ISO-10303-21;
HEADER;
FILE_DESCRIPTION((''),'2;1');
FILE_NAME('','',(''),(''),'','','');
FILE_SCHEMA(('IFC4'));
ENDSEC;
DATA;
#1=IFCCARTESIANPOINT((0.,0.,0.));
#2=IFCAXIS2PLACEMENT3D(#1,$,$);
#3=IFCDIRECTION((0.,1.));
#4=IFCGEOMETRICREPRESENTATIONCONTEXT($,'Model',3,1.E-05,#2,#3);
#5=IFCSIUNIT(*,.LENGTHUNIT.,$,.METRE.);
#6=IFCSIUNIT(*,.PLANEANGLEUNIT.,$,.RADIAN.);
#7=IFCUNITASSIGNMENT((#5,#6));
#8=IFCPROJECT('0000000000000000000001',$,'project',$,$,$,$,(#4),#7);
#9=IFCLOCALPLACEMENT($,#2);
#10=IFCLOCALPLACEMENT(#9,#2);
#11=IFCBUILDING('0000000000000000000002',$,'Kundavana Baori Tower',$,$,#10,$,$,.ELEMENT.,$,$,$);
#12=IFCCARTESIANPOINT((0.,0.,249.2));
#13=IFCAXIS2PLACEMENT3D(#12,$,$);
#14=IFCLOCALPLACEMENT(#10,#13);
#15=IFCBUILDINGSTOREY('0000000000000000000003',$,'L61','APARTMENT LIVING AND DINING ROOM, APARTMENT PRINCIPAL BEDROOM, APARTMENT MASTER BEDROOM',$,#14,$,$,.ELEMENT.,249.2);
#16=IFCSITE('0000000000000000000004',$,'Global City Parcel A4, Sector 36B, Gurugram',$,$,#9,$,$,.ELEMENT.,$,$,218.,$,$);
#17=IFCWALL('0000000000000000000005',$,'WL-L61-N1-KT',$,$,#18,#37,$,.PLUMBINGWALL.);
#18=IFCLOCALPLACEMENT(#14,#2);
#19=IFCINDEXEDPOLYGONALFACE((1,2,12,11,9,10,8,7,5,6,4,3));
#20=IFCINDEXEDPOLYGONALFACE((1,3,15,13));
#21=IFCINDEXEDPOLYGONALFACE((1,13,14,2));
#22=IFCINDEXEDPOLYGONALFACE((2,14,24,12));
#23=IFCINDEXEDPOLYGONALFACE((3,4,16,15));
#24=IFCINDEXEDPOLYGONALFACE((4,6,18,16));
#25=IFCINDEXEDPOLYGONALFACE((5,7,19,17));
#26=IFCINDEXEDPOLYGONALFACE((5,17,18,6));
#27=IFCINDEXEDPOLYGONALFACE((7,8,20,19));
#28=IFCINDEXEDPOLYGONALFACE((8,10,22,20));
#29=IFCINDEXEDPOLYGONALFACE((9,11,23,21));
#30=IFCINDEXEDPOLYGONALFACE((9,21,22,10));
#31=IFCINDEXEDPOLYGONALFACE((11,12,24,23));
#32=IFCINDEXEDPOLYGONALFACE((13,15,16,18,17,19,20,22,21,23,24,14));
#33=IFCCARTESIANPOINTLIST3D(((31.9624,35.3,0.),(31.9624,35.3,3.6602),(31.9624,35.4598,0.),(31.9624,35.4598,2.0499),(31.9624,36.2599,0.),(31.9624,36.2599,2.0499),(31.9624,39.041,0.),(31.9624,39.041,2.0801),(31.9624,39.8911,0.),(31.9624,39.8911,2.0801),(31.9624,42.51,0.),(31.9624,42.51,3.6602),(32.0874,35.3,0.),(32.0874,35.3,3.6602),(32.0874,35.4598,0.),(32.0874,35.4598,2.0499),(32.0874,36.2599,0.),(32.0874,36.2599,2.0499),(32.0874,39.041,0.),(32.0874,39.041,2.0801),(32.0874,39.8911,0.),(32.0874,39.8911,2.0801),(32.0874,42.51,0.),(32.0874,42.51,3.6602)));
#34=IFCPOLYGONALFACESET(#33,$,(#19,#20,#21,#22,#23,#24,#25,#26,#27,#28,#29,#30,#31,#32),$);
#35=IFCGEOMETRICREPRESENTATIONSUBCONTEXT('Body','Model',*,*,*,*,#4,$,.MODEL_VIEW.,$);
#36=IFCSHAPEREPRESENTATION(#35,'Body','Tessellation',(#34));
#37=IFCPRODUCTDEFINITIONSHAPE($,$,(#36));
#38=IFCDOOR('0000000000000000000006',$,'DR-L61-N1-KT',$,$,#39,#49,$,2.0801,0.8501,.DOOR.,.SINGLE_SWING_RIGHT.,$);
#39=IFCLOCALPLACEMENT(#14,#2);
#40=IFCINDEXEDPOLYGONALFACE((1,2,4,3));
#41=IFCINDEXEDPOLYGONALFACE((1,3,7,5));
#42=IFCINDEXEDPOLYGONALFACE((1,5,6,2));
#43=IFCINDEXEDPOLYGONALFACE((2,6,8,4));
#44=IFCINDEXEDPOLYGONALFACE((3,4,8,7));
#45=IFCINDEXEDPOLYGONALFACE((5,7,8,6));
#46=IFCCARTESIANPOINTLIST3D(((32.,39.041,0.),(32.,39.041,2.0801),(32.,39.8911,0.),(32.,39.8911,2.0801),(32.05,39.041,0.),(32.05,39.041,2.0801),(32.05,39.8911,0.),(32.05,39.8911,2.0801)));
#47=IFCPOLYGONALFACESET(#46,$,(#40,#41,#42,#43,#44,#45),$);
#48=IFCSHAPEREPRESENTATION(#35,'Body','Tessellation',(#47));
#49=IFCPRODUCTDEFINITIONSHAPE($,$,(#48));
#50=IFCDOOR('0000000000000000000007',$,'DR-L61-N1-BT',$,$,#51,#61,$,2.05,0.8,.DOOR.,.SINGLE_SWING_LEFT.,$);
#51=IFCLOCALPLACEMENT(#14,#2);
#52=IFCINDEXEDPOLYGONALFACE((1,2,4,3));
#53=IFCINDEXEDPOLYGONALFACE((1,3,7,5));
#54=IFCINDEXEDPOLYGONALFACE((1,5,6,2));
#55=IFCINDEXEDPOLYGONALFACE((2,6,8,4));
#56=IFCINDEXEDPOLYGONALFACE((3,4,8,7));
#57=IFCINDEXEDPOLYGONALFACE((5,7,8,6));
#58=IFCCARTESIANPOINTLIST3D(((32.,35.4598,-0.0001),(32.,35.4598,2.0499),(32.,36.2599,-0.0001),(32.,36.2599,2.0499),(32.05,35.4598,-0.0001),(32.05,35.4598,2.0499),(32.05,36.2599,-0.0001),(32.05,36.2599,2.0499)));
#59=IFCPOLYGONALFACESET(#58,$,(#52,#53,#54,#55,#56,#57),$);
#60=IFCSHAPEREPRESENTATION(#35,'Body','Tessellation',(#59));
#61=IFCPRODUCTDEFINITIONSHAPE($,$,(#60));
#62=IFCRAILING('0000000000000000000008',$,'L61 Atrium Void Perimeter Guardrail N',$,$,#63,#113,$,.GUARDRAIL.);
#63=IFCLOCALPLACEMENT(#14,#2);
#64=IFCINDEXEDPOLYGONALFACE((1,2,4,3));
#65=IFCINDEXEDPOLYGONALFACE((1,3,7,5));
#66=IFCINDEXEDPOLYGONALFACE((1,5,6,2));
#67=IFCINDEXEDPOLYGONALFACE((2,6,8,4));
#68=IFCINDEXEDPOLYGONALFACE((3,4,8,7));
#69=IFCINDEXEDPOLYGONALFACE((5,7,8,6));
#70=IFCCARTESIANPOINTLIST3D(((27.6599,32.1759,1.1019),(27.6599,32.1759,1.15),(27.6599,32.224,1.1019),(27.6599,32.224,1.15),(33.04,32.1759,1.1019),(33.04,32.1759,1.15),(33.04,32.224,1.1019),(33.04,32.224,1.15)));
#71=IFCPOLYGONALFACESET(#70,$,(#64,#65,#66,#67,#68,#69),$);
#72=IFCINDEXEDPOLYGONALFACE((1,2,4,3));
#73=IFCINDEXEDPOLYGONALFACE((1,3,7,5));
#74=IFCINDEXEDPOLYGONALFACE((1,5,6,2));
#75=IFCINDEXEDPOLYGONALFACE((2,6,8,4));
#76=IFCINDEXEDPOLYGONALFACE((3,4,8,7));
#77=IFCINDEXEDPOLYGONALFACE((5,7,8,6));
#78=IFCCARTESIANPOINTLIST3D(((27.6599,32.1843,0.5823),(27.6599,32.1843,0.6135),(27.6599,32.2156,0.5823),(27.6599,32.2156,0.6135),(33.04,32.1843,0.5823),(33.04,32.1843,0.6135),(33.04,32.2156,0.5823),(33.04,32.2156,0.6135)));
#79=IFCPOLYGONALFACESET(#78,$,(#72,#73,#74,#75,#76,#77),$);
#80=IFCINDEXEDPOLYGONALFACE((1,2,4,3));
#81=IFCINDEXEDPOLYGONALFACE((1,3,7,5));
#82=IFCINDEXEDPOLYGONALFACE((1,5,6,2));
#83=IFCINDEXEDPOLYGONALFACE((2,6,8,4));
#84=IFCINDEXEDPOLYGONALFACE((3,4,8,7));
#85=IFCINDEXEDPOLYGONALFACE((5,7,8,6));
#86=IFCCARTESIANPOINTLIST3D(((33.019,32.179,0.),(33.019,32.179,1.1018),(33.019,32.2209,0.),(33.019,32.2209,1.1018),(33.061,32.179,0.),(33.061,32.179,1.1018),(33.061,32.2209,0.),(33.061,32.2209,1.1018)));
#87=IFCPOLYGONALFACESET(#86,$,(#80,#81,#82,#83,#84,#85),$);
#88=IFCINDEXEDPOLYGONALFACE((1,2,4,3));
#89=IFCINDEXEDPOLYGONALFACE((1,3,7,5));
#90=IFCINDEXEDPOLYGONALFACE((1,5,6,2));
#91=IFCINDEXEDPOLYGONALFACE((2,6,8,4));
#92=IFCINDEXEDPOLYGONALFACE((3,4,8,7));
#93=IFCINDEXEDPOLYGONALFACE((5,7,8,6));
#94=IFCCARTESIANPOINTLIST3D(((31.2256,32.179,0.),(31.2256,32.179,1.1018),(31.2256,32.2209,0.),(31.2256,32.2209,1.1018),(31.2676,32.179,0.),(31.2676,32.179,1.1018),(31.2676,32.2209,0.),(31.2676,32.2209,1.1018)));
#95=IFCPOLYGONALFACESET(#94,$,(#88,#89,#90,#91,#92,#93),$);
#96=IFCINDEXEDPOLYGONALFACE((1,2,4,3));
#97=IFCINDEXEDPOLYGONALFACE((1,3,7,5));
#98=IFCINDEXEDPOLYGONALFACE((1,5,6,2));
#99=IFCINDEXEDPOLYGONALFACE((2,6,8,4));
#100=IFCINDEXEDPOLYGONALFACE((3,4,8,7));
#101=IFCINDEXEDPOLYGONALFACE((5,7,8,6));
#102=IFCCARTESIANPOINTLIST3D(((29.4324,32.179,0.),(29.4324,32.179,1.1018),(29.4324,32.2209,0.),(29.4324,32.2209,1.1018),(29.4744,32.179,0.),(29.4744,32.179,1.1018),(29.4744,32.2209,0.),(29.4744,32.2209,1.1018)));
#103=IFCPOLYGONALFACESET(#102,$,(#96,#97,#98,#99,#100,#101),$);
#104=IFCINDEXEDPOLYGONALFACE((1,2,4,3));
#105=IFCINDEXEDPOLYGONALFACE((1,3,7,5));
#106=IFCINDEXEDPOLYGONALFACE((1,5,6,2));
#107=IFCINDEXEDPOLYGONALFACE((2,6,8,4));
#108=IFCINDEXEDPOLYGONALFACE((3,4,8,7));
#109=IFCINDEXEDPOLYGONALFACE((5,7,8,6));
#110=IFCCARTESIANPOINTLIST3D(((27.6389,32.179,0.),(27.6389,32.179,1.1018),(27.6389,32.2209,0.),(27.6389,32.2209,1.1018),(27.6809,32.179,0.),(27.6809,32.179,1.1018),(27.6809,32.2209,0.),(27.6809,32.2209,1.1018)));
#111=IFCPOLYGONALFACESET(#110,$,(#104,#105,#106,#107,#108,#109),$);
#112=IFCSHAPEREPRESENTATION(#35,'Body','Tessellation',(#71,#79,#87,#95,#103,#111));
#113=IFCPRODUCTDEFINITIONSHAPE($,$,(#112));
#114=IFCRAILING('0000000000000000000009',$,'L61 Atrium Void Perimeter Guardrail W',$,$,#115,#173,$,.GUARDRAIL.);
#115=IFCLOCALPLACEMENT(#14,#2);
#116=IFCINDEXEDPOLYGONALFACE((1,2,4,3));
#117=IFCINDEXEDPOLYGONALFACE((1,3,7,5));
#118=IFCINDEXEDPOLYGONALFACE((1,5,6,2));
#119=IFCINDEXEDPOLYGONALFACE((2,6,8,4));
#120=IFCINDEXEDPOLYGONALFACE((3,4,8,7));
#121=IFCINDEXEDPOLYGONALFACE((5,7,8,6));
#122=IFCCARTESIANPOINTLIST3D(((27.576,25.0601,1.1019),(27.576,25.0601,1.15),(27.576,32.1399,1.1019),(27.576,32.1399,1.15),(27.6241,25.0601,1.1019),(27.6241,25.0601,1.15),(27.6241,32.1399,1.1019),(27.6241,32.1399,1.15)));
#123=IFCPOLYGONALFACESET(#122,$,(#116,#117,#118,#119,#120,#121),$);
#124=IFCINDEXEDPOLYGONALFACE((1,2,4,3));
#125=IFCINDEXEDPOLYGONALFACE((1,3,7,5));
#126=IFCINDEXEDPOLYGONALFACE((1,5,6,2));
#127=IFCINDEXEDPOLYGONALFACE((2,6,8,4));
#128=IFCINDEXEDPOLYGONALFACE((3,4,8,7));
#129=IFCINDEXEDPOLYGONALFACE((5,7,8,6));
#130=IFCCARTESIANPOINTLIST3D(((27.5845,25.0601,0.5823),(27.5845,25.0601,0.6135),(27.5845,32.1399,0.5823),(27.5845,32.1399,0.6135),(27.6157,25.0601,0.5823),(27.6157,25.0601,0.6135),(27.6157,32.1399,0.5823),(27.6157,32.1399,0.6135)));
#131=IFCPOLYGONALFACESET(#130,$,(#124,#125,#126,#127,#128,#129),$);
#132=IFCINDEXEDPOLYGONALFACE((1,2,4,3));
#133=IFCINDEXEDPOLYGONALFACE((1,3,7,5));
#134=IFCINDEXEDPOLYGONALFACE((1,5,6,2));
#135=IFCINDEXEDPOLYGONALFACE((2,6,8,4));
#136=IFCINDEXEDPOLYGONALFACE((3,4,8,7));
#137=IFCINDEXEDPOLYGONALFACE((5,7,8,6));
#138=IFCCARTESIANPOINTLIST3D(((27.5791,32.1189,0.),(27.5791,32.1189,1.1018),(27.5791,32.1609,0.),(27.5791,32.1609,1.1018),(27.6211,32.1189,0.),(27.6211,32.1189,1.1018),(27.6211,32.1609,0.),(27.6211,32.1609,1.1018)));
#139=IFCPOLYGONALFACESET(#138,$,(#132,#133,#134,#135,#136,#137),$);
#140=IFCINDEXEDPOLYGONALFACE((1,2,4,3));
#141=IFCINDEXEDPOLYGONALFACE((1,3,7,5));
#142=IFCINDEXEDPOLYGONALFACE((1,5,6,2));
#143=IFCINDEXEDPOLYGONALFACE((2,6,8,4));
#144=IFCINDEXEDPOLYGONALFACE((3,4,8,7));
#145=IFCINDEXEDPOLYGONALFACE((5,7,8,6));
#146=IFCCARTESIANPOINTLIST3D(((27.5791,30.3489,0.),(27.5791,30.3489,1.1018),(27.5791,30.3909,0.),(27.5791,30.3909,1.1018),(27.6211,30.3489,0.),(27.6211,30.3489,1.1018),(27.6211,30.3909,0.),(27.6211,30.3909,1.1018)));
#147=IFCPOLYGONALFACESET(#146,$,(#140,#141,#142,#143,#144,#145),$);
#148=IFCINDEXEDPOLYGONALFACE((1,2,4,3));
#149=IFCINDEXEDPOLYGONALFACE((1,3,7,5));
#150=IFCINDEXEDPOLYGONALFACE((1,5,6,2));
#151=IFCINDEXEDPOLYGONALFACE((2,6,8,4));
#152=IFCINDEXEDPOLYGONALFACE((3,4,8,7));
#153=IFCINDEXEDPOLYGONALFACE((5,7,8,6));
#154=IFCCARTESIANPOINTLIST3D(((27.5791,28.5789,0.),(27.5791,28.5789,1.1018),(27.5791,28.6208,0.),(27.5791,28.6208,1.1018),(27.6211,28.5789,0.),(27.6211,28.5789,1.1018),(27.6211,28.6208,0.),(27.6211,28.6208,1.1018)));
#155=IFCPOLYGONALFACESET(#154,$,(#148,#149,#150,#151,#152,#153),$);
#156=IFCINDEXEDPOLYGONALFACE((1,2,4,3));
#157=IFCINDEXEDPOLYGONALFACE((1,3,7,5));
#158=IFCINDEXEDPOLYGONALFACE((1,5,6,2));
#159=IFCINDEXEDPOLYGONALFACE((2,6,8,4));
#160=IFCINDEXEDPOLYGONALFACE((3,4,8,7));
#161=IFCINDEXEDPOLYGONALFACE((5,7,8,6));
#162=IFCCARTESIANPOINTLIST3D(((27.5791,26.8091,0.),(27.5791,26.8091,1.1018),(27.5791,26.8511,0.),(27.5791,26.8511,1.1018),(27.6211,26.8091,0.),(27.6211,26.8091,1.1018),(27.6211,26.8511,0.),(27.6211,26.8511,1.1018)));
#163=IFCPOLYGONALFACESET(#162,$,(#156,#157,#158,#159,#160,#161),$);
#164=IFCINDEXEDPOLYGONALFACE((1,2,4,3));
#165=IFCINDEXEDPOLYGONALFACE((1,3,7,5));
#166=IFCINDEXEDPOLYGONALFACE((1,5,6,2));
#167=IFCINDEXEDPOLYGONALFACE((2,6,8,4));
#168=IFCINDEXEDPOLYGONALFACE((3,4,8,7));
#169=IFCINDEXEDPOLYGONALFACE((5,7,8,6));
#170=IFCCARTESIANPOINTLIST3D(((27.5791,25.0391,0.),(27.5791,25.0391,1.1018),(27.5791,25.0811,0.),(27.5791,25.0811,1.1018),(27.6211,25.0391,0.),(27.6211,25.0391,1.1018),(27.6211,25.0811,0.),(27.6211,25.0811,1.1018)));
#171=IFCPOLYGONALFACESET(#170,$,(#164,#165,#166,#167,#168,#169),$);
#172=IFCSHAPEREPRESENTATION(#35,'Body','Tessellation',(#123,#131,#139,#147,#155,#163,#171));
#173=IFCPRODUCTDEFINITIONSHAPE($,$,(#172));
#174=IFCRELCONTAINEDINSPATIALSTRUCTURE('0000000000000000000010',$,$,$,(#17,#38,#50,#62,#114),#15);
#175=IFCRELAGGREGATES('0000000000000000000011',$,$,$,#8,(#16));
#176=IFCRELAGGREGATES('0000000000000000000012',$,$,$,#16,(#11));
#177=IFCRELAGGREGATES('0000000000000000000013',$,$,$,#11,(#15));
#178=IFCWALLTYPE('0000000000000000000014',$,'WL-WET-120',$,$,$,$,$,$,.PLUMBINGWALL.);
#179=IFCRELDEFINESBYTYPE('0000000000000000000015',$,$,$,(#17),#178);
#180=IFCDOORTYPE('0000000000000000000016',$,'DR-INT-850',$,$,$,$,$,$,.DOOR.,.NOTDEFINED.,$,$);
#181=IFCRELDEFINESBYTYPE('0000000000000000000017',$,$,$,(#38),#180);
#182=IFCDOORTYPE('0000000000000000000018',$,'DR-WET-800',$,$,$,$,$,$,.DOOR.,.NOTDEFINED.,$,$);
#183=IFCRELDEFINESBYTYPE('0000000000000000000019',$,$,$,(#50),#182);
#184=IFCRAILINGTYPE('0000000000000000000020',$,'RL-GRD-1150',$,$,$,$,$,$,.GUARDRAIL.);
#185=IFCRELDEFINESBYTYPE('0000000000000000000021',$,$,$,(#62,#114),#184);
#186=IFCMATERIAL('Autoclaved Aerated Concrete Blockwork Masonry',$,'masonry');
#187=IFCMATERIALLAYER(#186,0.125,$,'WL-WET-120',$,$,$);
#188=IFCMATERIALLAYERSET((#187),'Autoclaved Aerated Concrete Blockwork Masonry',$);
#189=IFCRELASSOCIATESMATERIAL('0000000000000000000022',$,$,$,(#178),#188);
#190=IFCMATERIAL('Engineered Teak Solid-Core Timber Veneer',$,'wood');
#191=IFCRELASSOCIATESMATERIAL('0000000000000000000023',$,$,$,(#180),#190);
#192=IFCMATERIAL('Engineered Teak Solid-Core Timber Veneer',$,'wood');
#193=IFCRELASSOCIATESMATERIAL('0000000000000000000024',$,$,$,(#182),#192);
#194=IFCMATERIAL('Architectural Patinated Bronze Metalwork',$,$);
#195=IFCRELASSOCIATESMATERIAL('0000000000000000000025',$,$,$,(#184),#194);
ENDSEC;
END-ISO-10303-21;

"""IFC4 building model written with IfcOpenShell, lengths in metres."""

from ifc_helpers import new_model, si_unit, direction, frame, frame_2d, origin, origin_2d, place, context, subcontext, project, spatial, rectangle, extrude, material, layer, layer_set, type_object, element, fill, save


model = new_model("IFC4")

# Units and contexts
model_context = context("Model", 3, precision=1e-05, world=origin(), true_north=direction((0.0, 1.0)))
body_context = subcontext(model_context, "Body", "Model", "MODEL_VIEW")
ifc_project = project(units=[si_unit("LENGTHUNIT", "METRE"), si_unit("PLANEANGLEUNIT", "RADIAN")], contexts=[model_context])

# Site, building, storey
site_placement = place(None, origin())
site = spatial("IfcSite", under=ifc_project, at=site_placement, Name="Global City Parcel A4, Sector 36B, Gurugram", CompositionType="ELEMENT", RefElevation=218.0)
building_placement = place(site_placement, origin())
building = spatial("IfcBuilding", under=site, at=building_placement, Name="Kundavana Baori Tower", CompositionType="ELEMENT")
storey_placement = place(building_placement, frame((0.0, 0.0, 249.2)))
storey = spatial("IfcBuildingStorey", under=building, at=storey_placement, Name="L61", Description="APARTMENT LIVING AND DINING ROOM, APARTMENT PRINCIPAL BEDROOM, APARTMENT MASTER BEDROOM", CompositionType="ELEMENT", Elevation=249.2)

# Wall, openings, doors
ifc_material_1 = material(Name="Autoclaved Aerated Concrete Blockwork Masonry", Category="masonry")
ifc_layer_1 = layer(ifc_material_1, 0.125, Name="WL-WET-120")
ifc_layer_set_1 = layer_set([ifc_layer_1], Name="Autoclaved Aerated Concrete Blockwork Masonry")
wall_type_1 = type_object("IfcWallType", Name="WL-WET-120", PredefinedType="PLUMBINGWALL", material=ifc_layer_set_1)
wall_1_placement = place(storey_placement, frame((32.0249, 35.3, 0.0), z_axis=(0.0, 0.0, 1.0), x_axis=(0.0, 1.0, 0.0)))
wall_1 = element("IfcWall", 1, at=wall_1_placement, inside=storey, type_object=wall_type_1, Name="WL-L61-N1-KT", PredefinedType="PLUMBINGWALL", context=body_context, shape_type="SweptSolid", body=[
    extrude(rectangle(XDim=7.21, YDim=0.125, at=frame_2d((3.605, 0.0))), origin(), (0.0, 0.0, 1.0), 3.6602),
])
opening_1_placement = place(wall_1_placement, frame((0.1599, 0.0, 0.0)))
opening_1 = element("IfcOpeningElement", 2, at=opening_1_placement, cuts=wall_1, PredefinedType="OPENING", context=body_context, shape_type="SweptSolid", body=[
    extrude(rectangle(XDim=0.8, YDim=2.05, at=frame_2d((0.3999, 1.0249))), frame((0.0, 0.0725, 0.0), z_axis=(0.0, -1.0, 0.0), x_axis=(1.0, 0.0, 0.0)), (0.0, 0.0, 1.0), 0.145),
])
opening_2_placement = place(wall_1_placement, frame((3.741, 0.0, 0.0)))
opening_2 = element("IfcOpeningElement", 3, at=opening_2_placement, cuts=wall_1, PredefinedType="OPENING", context=body_context, shape_type="SweptSolid", body=[
    extrude(rectangle(XDim=0.8501, YDim=2.0801, at=frame_2d((0.425, 1.04))), frame((0.0, 0.0725, 0.0), z_axis=(0.0, -1.0, 0.0), x_axis=(1.0, 0.0, 0.0)), (0.0, 0.0, 1.0), 0.145),
])
ifc_material_2 = material(Name="Engineered Teak Solid-Core Timber Veneer", Category="wood")
door_type_1 = type_object("IfcDoorType", Name="DR-INT-850", OperationType="NOTDEFINED", PredefinedType="DOOR", material=ifc_material_2)
door_1_placement = place(opening_2_placement, origin())
door_1 = element("IfcDoor", 4, at=door_1_placement, inside=storey, type_object=door_type_1, Name="DR-L61-N1-KT", OperationType="SINGLE_SWING_RIGHT", OverallHeight=2.0801, OverallWidth=0.8501, PredefinedType="DOOR", context=body_context, shape_type="SweptSolid", body=[
    extrude(rectangle(XDim=0.8501, YDim=2.0801, at=frame_2d((0.425, 1.04))), frame((0.0, 0.0249, 0.0), z_axis=(0.0, -1.0, 0.0), x_axis=(1.0, 0.0, 0.0)), (0.0, 0.0, 1.0), 0.05),
])
fill(opening_2, door_1)
ifc_material_3 = material(Name="Engineered Teak Solid-Core Timber Veneer", Category="wood")
door_type_2 = type_object("IfcDoorType", Name="DR-WET-800", OperationType="NOTDEFINED", PredefinedType="DOOR", material=ifc_material_3)
door_2_placement = place(opening_1_placement, origin())
door_2 = element("IfcDoor", 5, at=door_2_placement, inside=storey, type_object=door_type_2, Name="DR-L61-N1-BT", OperationType="SINGLE_SWING_LEFT", OverallHeight=2.05, OverallWidth=0.8, PredefinedType="DOOR", context=body_context, shape_type="SweptSolid", body=[
    extrude(rectangle(XDim=0.8, YDim=2.05, at=frame_2d((0.3999, 1.0249))), frame((0.0, 0.0249, 0.0), z_axis=(0.0, -1.0, 0.0), x_axis=(1.0, 0.0, 0.0)), (0.0, 0.0, 1.0), 0.05),
])
fill(opening_1, door_2)

# Railings
ifc_material_4 = material(Name="Architectural Patinated Bronze Metalwork")
railing_type = type_object("IfcRailingType", Name="RL-GRD-1150", PredefinedType="GUARDRAIL", material=ifc_material_4)
railing_1_placement = place(storey_placement, frame((33.04, 32.2, 0.0)))
element("IfcRailing", 6, at=railing_1_placement, inside=storey, type_object=railing_type, Name="L61 Atrium Void Perimeter Guardrail N", PredefinedType="GUARDRAIL", context=body_context, shape_type="SweptSolid", body=[
    extrude(rectangle(XDim=0.0481, YDim=0.0481, at=origin_2d()), frame((0.0, 0.0, 1.126), z_axis=(-1.0, 0.0, 0.0), x_axis=(0.0, -1.0, 0.0)), (0.0, 0.0, 1.0), 5.3801),
    extrude(rectangle(XDim=0.0312, YDim=0.0312, at=origin_2d()), frame((0.0, 0.0, 0.5979), z_axis=(-1.0, 0.0, 0.0), x_axis=(0.0, -1.0, 0.0)), (0.0, 0.0, 1.0), 5.3801),
    extrude(rectangle(XDim=0.042, YDim=0.042, at=origin_2d()), origin(), (0.0, 0.0, 1.0), 1.1018),
    extrude(rectangle(XDim=0.042, YDim=0.042, at=origin_2d()), frame((-1.7935, 0.0, 0.0)), (0.0, 0.0, 1.0), 1.1018),
    extrude(rectangle(XDim=0.042, YDim=0.042, at=origin_2d()), frame((-3.5867, 0.0, 0.0)), (0.0, 0.0, 1.0), 1.1018),
    extrude(rectangle(XDim=0.042, YDim=0.042, at=origin_2d()), frame((-5.3801, 0.0, 0.0)), (0.0, 0.0, 1.0), 1.1018),
])
railing_2_placement = place(storey_placement, frame((27.6001, 32.1399, 0.0)))
element("IfcRailing", 7, at=railing_2_placement, inside=storey, type_object=railing_type, Name="L61 Atrium Void Perimeter Guardrail W", PredefinedType="GUARDRAIL", context=body_context, shape_type="SweptSolid", body=[
    extrude(rectangle(XDim=0.0481, YDim=0.0481, at=origin_2d()), frame((0.0, 0.0, 1.126), z_axis=(0.0, -1.0, 0.0), x_axis=(1.0, 0.0, 0.0)), (0.0, 0.0, 1.0), 7.0798),
    extrude(rectangle(XDim=0.0312, YDim=0.0312, at=origin_2d()), frame((0.0, 0.0, 0.5979), z_axis=(0.0, -1.0, 0.0), x_axis=(1.0, 0.0, 0.0)), (0.0, 0.0, 1.0), 7.0798),
    extrude(rectangle(XDim=0.042, YDim=0.042, at=origin_2d()), origin(), (0.0, 0.0, 1.0), 1.1018),
    extrude(rectangle(XDim=0.042, YDim=0.042, at=origin_2d()), frame((0.0, -1.77, 0.0)), (0.0, 0.0, 1.0), 1.1018),
    extrude(rectangle(XDim=0.042, YDim=0.042, at=origin_2d()), frame((0.0, -3.54, 0.0)), (0.0, 0.0, 1.0), 1.1018),
    extrude(rectangle(XDim=0.042, YDim=0.042, at=origin_2d()), frame((0.0, -5.3098, 0.0)), (0.0, 0.0, 1.0), 1.1018),
    extrude(rectangle(XDim=0.042, YDim=0.042, at=origin_2d()), frame((0.0, -7.0798, 0.0)), (0.0, 0.0, 1.0), 1.1018),
])

save(model, "model.ifc")
